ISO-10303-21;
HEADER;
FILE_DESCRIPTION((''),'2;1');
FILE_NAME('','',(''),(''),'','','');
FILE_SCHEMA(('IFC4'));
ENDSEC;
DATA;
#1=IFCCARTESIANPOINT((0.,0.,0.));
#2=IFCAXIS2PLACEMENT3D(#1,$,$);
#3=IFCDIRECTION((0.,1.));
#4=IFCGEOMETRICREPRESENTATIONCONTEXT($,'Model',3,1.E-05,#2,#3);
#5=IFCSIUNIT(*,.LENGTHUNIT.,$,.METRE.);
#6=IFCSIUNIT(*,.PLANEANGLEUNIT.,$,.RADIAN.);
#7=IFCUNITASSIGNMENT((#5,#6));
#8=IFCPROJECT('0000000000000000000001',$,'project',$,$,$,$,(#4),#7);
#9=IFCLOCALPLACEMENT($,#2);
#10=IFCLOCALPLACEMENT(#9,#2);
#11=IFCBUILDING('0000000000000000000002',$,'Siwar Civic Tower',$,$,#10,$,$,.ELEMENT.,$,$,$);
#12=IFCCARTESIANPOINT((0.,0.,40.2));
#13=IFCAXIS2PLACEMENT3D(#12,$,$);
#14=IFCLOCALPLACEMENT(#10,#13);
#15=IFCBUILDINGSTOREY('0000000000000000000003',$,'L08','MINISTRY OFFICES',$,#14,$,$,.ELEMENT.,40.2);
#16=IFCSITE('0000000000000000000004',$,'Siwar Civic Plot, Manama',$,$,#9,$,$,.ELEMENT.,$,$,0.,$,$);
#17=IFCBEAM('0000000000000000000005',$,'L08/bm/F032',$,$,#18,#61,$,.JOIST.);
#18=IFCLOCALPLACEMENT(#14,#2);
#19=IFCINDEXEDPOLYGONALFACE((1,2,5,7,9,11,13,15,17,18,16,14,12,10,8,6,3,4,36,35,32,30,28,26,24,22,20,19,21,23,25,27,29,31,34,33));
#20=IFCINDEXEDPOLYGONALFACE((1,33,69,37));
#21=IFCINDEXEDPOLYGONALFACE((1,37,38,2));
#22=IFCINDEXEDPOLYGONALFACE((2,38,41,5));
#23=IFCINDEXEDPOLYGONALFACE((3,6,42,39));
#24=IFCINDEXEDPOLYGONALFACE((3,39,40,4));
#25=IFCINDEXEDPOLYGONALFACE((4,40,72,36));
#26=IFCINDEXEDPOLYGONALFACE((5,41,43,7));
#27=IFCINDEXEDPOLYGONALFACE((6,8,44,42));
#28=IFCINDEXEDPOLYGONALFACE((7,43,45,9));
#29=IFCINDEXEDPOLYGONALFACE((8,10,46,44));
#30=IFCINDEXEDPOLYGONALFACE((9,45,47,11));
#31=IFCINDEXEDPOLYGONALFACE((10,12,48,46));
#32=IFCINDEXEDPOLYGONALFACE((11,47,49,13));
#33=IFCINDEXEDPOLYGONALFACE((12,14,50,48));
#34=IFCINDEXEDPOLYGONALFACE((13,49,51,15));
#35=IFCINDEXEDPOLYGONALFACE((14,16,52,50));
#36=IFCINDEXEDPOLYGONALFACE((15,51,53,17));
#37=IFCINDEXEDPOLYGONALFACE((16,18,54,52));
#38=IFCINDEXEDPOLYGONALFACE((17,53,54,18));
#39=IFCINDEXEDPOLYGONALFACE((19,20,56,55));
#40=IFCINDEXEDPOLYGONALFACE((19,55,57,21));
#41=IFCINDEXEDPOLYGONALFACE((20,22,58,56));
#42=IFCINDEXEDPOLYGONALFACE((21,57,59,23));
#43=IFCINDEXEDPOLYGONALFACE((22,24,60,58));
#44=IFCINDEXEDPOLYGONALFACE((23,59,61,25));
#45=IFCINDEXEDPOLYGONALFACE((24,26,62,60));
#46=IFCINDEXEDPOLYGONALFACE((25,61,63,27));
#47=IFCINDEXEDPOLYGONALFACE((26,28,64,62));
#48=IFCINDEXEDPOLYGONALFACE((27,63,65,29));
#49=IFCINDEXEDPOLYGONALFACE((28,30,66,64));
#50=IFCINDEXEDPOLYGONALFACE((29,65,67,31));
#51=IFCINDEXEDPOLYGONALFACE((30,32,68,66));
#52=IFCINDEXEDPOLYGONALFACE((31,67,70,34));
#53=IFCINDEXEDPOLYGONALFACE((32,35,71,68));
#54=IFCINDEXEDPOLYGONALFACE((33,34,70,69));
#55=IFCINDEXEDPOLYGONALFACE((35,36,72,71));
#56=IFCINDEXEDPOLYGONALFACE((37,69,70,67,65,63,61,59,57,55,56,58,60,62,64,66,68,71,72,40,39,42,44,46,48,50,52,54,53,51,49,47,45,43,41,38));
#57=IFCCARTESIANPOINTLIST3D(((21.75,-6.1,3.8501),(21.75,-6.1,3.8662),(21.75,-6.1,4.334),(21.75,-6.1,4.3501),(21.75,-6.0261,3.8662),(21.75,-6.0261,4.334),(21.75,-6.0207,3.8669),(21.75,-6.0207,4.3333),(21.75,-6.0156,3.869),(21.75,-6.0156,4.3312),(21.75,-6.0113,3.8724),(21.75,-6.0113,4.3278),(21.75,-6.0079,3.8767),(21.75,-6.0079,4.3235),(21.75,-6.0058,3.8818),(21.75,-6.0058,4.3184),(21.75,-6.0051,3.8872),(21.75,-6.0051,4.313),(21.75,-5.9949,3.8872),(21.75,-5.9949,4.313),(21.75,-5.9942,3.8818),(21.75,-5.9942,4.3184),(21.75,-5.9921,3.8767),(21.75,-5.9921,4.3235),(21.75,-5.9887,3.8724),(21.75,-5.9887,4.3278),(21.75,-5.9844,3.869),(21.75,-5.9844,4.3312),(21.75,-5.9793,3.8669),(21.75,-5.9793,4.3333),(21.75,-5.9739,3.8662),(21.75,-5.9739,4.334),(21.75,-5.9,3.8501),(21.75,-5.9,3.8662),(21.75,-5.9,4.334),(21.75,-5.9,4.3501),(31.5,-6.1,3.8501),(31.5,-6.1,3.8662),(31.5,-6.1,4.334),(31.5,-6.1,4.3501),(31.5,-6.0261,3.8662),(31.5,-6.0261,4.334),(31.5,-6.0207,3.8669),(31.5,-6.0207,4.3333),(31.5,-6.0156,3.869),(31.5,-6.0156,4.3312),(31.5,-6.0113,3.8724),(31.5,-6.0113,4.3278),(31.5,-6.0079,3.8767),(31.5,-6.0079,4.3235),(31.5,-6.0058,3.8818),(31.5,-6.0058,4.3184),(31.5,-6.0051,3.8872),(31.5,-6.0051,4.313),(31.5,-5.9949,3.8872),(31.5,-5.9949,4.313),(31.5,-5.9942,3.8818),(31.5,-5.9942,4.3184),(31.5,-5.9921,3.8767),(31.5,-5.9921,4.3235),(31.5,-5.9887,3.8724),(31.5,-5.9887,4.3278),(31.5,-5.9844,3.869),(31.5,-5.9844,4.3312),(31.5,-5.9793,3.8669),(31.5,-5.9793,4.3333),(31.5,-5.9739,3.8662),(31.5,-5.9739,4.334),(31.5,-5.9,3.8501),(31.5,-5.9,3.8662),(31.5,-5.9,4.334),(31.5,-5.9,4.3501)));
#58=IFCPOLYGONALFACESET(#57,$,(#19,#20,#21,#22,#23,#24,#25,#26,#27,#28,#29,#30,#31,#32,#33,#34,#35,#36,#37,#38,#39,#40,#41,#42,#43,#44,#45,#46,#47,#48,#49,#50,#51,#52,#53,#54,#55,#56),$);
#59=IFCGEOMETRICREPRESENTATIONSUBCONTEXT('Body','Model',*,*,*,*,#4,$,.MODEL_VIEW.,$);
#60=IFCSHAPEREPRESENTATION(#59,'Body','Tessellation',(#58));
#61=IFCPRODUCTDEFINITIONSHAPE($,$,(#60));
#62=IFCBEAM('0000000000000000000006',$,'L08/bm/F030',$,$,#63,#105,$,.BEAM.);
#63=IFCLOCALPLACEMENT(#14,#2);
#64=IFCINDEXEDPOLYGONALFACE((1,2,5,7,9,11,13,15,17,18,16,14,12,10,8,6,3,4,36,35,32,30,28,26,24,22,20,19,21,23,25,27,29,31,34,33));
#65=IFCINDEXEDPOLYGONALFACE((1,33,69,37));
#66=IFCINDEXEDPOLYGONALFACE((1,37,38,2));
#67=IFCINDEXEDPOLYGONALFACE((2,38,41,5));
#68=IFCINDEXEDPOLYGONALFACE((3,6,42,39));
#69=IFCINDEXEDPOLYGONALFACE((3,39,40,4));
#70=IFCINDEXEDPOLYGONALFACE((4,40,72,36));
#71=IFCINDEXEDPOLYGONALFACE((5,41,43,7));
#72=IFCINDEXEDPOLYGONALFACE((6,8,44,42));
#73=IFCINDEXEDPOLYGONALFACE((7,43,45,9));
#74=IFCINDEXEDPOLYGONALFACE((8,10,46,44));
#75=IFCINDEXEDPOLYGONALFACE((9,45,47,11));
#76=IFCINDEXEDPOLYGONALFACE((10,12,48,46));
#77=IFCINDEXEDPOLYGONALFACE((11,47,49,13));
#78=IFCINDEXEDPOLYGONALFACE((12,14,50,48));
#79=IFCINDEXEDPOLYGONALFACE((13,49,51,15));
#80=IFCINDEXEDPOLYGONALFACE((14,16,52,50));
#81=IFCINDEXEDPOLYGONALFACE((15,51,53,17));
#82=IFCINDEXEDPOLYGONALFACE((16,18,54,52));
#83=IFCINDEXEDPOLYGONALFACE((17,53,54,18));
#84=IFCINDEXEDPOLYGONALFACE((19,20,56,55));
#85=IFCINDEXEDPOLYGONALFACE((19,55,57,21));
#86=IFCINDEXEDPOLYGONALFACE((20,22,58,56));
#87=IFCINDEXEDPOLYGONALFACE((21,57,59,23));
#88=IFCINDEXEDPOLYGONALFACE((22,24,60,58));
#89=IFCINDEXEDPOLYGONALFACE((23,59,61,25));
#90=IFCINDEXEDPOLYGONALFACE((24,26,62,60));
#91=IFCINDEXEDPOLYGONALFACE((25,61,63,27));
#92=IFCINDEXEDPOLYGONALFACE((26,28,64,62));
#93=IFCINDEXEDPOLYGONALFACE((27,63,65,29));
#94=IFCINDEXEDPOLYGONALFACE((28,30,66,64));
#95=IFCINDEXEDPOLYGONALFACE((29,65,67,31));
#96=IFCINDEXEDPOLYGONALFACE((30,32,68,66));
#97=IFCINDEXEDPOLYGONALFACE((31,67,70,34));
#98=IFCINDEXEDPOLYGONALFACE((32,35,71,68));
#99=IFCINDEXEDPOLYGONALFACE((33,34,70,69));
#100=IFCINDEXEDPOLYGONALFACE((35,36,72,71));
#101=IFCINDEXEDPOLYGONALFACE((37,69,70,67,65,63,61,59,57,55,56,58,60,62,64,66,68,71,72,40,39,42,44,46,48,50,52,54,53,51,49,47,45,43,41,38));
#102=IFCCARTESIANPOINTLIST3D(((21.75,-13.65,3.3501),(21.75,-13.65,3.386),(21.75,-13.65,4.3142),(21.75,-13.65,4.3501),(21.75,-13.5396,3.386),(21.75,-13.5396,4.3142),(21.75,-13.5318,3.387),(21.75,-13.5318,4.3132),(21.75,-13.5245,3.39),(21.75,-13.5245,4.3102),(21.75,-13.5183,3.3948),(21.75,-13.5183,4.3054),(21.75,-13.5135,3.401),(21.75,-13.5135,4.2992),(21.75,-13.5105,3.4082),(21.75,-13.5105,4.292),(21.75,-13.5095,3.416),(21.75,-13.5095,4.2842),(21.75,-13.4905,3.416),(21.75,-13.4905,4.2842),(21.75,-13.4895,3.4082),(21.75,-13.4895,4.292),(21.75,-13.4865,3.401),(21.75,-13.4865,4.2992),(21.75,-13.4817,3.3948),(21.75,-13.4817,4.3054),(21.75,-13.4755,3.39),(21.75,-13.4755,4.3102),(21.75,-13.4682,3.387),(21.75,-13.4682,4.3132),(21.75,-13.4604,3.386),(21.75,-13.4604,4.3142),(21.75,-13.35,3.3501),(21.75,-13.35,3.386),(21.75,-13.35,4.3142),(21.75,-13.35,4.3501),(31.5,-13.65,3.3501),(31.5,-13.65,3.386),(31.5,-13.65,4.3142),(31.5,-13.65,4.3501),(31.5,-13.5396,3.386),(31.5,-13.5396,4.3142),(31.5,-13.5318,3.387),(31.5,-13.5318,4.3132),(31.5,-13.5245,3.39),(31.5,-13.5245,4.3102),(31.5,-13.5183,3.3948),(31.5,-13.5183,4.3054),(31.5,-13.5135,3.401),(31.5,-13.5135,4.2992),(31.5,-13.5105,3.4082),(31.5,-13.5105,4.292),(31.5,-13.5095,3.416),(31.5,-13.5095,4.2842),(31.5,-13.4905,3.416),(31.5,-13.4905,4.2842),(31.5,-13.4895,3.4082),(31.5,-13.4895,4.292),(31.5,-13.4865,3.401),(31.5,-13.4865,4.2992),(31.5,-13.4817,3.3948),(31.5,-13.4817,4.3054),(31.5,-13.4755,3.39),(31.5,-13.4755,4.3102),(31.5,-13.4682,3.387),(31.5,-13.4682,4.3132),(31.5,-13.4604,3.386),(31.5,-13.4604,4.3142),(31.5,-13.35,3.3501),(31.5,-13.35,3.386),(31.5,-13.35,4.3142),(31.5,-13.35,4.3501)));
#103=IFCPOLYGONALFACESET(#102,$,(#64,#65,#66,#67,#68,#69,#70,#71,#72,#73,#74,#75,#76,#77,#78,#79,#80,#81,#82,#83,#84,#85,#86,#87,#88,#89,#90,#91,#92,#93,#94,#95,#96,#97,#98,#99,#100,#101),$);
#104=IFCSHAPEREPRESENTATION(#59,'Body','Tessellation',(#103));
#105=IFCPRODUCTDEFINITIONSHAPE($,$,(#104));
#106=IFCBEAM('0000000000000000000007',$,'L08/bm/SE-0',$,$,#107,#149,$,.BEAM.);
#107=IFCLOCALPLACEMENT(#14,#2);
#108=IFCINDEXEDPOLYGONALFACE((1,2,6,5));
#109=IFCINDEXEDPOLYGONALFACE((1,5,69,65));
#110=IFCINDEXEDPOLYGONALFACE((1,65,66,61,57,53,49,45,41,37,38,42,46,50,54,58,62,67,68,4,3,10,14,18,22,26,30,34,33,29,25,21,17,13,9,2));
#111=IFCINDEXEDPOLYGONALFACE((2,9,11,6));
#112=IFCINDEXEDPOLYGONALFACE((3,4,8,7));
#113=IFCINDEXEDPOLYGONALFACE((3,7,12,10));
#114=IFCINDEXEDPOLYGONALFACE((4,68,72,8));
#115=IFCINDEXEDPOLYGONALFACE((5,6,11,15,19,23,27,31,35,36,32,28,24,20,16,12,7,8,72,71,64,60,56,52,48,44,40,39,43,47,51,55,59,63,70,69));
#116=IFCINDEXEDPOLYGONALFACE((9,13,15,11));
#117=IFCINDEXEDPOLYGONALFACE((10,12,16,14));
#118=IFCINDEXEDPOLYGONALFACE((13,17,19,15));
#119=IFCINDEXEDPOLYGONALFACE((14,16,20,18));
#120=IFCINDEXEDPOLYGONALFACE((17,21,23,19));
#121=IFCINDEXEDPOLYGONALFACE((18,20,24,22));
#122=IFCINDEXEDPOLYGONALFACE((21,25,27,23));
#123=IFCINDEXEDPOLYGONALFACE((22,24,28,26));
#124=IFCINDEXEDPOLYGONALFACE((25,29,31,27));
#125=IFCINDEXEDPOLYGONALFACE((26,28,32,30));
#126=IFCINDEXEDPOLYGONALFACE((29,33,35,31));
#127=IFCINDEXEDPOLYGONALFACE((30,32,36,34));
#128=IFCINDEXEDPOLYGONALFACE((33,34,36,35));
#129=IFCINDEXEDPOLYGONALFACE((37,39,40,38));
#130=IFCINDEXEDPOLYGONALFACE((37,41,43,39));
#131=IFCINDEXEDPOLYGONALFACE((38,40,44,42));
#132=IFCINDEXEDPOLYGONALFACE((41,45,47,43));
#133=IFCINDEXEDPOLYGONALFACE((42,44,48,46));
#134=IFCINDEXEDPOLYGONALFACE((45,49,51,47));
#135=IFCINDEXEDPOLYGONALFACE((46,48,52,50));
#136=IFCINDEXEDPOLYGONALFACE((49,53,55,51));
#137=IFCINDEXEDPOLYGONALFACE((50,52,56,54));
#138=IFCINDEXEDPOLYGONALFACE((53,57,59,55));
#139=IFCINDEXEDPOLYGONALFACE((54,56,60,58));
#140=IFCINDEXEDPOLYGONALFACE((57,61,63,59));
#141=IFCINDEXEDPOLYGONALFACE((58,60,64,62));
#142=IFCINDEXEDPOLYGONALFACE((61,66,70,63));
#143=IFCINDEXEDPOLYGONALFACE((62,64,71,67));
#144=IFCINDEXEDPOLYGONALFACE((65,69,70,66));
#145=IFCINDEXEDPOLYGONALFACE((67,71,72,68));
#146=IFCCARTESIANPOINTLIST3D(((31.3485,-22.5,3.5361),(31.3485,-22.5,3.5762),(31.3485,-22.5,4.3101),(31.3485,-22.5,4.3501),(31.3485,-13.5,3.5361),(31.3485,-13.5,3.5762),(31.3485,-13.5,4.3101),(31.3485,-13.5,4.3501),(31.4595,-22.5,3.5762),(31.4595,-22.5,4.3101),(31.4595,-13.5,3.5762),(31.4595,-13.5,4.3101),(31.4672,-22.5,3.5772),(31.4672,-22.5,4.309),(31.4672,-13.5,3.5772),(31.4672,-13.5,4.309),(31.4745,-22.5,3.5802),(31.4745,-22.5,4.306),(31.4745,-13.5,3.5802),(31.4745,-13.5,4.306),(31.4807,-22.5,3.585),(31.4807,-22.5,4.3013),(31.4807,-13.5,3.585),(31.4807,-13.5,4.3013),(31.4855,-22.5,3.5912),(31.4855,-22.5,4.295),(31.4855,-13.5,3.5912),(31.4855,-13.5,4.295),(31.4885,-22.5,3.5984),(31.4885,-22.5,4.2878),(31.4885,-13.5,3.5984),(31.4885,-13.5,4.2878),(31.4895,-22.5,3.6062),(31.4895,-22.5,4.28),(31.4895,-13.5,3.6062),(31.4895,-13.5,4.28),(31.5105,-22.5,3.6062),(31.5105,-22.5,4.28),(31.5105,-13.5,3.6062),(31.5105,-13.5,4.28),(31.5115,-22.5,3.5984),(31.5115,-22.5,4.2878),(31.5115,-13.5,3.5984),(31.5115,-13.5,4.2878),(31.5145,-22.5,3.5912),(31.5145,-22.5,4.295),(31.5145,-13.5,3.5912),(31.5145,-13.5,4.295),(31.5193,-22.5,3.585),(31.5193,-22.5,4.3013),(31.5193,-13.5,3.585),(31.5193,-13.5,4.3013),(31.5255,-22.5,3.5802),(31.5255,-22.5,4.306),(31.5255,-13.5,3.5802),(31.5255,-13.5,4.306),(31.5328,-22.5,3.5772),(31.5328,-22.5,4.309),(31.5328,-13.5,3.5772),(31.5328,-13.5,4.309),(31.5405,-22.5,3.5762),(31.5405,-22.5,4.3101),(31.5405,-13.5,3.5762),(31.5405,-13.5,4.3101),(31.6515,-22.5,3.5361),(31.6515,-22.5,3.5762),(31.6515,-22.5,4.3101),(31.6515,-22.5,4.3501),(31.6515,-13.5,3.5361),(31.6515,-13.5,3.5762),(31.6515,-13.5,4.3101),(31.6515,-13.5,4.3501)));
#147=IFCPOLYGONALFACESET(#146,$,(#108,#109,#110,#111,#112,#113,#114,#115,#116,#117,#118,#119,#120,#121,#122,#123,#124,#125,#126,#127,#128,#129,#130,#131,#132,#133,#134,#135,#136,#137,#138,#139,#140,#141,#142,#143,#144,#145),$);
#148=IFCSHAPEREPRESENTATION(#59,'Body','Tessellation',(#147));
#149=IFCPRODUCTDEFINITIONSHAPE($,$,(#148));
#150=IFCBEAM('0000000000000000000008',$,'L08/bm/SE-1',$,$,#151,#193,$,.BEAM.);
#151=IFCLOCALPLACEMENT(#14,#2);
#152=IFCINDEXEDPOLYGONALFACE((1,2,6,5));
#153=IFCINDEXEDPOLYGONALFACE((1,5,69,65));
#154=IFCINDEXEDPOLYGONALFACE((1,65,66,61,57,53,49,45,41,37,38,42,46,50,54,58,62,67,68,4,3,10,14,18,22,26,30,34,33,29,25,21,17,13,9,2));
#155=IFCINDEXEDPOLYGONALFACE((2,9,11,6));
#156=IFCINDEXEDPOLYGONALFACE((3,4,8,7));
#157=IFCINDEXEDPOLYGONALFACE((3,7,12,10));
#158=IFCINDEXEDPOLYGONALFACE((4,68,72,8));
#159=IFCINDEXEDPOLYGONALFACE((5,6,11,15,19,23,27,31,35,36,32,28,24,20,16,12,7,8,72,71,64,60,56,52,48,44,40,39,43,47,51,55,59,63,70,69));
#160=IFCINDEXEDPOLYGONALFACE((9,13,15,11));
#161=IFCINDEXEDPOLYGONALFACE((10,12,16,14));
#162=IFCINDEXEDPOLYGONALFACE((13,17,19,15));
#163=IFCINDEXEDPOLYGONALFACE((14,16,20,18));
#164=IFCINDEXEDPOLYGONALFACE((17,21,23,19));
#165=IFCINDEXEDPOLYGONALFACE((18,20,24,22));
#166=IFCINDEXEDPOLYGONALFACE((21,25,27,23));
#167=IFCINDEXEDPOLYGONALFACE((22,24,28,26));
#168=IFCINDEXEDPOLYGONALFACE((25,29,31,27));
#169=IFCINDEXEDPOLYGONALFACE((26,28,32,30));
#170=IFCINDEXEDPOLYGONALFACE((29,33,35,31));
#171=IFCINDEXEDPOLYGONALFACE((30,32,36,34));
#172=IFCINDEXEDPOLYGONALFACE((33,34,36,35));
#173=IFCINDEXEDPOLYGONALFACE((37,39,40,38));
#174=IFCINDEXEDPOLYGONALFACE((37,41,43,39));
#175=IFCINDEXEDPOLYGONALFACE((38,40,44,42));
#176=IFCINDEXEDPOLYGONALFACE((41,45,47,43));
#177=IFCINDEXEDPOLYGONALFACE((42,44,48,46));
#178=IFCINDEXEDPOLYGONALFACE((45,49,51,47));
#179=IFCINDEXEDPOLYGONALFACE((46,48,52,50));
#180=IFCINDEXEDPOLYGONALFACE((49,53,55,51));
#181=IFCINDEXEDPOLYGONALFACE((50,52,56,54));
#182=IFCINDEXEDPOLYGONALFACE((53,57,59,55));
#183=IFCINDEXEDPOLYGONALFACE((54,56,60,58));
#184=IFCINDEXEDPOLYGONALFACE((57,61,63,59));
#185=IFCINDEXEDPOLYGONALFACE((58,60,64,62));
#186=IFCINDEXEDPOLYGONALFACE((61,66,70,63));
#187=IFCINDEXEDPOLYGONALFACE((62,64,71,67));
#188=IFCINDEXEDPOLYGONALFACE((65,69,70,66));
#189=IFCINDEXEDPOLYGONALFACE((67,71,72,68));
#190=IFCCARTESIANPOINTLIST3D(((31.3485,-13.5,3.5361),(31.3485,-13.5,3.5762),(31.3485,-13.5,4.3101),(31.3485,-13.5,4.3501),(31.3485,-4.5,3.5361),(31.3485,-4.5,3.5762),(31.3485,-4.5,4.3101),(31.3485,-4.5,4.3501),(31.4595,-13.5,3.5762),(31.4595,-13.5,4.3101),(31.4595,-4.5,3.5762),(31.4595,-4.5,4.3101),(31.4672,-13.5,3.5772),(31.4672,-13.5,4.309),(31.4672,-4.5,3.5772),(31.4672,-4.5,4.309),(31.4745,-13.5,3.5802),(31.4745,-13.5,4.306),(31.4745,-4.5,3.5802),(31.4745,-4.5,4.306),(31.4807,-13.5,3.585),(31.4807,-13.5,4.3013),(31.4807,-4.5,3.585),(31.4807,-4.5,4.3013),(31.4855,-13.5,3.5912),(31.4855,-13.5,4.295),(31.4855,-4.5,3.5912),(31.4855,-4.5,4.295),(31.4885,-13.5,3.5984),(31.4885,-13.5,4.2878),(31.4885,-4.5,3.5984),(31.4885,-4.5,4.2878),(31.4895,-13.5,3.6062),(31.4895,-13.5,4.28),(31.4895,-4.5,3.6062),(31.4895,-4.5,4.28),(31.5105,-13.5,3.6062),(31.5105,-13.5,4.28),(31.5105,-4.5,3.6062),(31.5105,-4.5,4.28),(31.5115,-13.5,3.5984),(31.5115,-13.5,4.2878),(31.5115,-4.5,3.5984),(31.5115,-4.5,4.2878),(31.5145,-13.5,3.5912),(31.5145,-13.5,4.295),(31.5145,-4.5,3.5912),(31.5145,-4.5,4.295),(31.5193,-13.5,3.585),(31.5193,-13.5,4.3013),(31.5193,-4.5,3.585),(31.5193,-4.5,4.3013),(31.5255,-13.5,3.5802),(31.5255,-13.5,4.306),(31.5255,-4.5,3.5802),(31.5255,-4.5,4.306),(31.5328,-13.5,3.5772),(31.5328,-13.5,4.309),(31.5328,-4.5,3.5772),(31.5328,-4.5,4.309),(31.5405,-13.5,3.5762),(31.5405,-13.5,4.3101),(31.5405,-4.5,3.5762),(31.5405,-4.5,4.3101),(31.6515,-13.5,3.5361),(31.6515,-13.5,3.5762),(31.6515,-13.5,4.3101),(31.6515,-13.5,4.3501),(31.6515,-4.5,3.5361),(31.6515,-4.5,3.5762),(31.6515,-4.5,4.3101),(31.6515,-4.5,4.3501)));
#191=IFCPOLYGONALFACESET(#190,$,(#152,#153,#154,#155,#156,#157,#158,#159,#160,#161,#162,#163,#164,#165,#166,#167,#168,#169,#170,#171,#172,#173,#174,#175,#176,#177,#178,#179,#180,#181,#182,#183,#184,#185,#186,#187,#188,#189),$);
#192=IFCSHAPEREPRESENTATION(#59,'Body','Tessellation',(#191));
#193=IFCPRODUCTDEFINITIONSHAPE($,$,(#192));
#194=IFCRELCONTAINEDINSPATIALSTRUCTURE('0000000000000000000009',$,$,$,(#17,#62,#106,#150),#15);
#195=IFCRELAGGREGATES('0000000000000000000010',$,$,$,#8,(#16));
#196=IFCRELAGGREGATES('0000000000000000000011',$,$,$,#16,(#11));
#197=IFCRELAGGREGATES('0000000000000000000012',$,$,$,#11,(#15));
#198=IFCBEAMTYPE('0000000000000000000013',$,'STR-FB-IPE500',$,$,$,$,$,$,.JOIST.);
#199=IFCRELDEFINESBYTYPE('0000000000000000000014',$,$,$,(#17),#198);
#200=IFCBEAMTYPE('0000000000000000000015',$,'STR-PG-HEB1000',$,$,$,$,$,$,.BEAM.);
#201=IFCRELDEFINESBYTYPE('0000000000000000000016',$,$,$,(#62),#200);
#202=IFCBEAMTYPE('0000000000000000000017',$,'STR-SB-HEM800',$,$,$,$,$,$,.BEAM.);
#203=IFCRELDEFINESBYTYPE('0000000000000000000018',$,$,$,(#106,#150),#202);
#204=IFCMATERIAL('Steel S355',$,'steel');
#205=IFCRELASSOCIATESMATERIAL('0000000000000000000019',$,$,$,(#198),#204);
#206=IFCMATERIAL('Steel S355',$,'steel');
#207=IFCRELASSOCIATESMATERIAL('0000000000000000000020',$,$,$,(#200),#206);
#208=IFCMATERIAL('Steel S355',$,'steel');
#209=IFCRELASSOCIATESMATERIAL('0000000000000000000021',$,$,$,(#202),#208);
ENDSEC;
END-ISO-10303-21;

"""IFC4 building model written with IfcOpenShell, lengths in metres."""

from ifc_helpers import new_model, si_unit, direction, frame, origin, origin_2d, place, context, subcontext, project, spatial, i_section, extrude, material, material_profile, profile_set, type_object, element, save


model = new_model("IFC4")

# Units and contexts
model_context = context("Model", 3, precision=1e-05, world=origin(), true_north=direction((0.0, 1.0)))
body_context = subcontext(model_context, "Body", "Model", "MODEL_VIEW")
ifc_project = project(units=[si_unit("LENGTHUNIT", "METRE"), si_unit("PLANEANGLEUNIT", "RADIAN")], contexts=[model_context])

# Site, building, storey
site_placement = place(None, origin())
site = spatial("IfcSite", under=ifc_project, at=site_placement, Name="Siwar Civic Plot, Manama", CompositionType="ELEMENT", RefElevation=0.0)
building_placement = place(site_placement, origin())
building = spatial("IfcBuilding", under=site, at=building_placement, Name="Siwar Civic Tower", CompositionType="ELEMENT")
storey_placement = place(building_placement, frame((0.0, 0.0, 40.2)))
storey = spatial("IfcBuildingStorey", under=building, at=storey_placement, Name="L08", Description="MINISTRY OFFICES", CompositionType="ELEMENT", Elevation=40.2)

# Beams
ifc_material_1 = material(Name="Steel S355", Category="steel")
ifc_material_profile_1 = material_profile(ifc_material_1, i_section(OverallWidth=0.2, OverallDepth=0.5, WebThickness=0.0103, FlangeThickness=0.0161, FilletRadius=0.021, at=origin_2d()), Name="IPE500")
ifc_profile_set_1 = profile_set([ifc_material_profile_1], Name="Steel S355")
beam_type_1 = type_object("IfcBeamType", Name="STR-FB-IPE500", PredefinedType="JOIST", material=ifc_profile_set_1)
beam_1_placement = place(storey_placement, frame((21.75, -6.0, 4.1001), z_axis=(1.0, 0.0, 0.0), x_axis=(0.0, 1.0, 0.0)))
element("IfcBeam", 1, at=beam_1_placement, inside=storey, type_object=beam_type_1, Name="L08/bm/F032", PredefinedType="JOIST", context=body_context, shape_type="SweptSolid", body=[
    extrude(i_section(OverallWidth=0.2, OverallDepth=0.5, WebThickness=0.0103, FlangeThickness=0.0161, FilletRadius=0.021, at=origin_2d()), origin(), (0.0, 0.0, 1.0), 9.75),
])
ifc_material_2 = material(Name="Steel S355", Category="steel")
ifc_material_profile_2 = material_profile(ifc_material_2, i_section(OverallWidth=0.3, OverallDepth=1.0, WebThickness=0.019, FlangeThickness=0.0359, FilletRadius=0.03, at=origin_2d()), Name="HEB1000")
ifc_profile_set_2 = profile_set([ifc_material_profile_2], Name="Steel S355")
beam_type_2 = type_object("IfcBeamType", Name="STR-PG-HEB1000", PredefinedType="BEAM", material=ifc_profile_set_2)
beam_2_placement = place(storey_placement, frame((21.75, -13.5, 3.8501), z_axis=(1.0, 0.0, 0.0), x_axis=(0.0, 1.0, 0.0)))
element("IfcBeam", 2, at=beam_2_placement, inside=storey, type_object=beam_type_2, Name="L08/bm/F030", PredefinedType="BEAM", context=body_context, shape_type="SweptSolid", body=[
    extrude(i_section(OverallWidth=0.3, OverallDepth=1.0, WebThickness=0.019, FlangeThickness=0.0359, FilletRadius=0.03, at=origin_2d()), origin(), (0.0, 0.0, 1.0), 9.75),
])
ifc_material_3 = material(Name="Steel S355", Category="steel")
ifc_material_profile_3 = material_profile(ifc_material_3, i_section(OverallWidth=0.303, OverallDepth=0.814, WebThickness=0.021, FlangeThickness=0.04, FilletRadius=0.03, at=origin_2d()), Name="HEM800")
ifc_profile_set_3 = profile_set([ifc_material_profile_3], Name="Steel S355")
beam_type_3 = type_object("IfcBeamType", Name="STR-SB-HEM800", PredefinedType="BEAM", material=ifc_profile_set_3)
for number, where, z_axis, x_axis, name in (
    (3, (31.5, -22.5, 3.9431), (0.0, 1.0, 0.0), (-1.0, 0.0, 0.0), "L08/bm/SE-0"),
    (4, (31.5, -13.5, 3.9431), (0.0, 1.0, 0.0), (-1.0, 0.0, 0.0), "L08/bm/SE-1"),
):
    element("IfcBeam", number, at=place(storey_placement, frame(where, z_axis=z_axis, x_axis=x_axis)), inside=storey, type_object=beam_type_3, Name=name, PredefinedType="BEAM", context=body_context, shape_type="SweptSolid", body=[
        extrude(i_section(OverallWidth=0.303, OverallDepth=0.814, WebThickness=0.021, FlangeThickness=0.04, FilletRadius=0.03, at=origin_2d()), origin(), (0.0, 0.0, 1.0), 9.0),
    ])

save(model, "model.ifc")
